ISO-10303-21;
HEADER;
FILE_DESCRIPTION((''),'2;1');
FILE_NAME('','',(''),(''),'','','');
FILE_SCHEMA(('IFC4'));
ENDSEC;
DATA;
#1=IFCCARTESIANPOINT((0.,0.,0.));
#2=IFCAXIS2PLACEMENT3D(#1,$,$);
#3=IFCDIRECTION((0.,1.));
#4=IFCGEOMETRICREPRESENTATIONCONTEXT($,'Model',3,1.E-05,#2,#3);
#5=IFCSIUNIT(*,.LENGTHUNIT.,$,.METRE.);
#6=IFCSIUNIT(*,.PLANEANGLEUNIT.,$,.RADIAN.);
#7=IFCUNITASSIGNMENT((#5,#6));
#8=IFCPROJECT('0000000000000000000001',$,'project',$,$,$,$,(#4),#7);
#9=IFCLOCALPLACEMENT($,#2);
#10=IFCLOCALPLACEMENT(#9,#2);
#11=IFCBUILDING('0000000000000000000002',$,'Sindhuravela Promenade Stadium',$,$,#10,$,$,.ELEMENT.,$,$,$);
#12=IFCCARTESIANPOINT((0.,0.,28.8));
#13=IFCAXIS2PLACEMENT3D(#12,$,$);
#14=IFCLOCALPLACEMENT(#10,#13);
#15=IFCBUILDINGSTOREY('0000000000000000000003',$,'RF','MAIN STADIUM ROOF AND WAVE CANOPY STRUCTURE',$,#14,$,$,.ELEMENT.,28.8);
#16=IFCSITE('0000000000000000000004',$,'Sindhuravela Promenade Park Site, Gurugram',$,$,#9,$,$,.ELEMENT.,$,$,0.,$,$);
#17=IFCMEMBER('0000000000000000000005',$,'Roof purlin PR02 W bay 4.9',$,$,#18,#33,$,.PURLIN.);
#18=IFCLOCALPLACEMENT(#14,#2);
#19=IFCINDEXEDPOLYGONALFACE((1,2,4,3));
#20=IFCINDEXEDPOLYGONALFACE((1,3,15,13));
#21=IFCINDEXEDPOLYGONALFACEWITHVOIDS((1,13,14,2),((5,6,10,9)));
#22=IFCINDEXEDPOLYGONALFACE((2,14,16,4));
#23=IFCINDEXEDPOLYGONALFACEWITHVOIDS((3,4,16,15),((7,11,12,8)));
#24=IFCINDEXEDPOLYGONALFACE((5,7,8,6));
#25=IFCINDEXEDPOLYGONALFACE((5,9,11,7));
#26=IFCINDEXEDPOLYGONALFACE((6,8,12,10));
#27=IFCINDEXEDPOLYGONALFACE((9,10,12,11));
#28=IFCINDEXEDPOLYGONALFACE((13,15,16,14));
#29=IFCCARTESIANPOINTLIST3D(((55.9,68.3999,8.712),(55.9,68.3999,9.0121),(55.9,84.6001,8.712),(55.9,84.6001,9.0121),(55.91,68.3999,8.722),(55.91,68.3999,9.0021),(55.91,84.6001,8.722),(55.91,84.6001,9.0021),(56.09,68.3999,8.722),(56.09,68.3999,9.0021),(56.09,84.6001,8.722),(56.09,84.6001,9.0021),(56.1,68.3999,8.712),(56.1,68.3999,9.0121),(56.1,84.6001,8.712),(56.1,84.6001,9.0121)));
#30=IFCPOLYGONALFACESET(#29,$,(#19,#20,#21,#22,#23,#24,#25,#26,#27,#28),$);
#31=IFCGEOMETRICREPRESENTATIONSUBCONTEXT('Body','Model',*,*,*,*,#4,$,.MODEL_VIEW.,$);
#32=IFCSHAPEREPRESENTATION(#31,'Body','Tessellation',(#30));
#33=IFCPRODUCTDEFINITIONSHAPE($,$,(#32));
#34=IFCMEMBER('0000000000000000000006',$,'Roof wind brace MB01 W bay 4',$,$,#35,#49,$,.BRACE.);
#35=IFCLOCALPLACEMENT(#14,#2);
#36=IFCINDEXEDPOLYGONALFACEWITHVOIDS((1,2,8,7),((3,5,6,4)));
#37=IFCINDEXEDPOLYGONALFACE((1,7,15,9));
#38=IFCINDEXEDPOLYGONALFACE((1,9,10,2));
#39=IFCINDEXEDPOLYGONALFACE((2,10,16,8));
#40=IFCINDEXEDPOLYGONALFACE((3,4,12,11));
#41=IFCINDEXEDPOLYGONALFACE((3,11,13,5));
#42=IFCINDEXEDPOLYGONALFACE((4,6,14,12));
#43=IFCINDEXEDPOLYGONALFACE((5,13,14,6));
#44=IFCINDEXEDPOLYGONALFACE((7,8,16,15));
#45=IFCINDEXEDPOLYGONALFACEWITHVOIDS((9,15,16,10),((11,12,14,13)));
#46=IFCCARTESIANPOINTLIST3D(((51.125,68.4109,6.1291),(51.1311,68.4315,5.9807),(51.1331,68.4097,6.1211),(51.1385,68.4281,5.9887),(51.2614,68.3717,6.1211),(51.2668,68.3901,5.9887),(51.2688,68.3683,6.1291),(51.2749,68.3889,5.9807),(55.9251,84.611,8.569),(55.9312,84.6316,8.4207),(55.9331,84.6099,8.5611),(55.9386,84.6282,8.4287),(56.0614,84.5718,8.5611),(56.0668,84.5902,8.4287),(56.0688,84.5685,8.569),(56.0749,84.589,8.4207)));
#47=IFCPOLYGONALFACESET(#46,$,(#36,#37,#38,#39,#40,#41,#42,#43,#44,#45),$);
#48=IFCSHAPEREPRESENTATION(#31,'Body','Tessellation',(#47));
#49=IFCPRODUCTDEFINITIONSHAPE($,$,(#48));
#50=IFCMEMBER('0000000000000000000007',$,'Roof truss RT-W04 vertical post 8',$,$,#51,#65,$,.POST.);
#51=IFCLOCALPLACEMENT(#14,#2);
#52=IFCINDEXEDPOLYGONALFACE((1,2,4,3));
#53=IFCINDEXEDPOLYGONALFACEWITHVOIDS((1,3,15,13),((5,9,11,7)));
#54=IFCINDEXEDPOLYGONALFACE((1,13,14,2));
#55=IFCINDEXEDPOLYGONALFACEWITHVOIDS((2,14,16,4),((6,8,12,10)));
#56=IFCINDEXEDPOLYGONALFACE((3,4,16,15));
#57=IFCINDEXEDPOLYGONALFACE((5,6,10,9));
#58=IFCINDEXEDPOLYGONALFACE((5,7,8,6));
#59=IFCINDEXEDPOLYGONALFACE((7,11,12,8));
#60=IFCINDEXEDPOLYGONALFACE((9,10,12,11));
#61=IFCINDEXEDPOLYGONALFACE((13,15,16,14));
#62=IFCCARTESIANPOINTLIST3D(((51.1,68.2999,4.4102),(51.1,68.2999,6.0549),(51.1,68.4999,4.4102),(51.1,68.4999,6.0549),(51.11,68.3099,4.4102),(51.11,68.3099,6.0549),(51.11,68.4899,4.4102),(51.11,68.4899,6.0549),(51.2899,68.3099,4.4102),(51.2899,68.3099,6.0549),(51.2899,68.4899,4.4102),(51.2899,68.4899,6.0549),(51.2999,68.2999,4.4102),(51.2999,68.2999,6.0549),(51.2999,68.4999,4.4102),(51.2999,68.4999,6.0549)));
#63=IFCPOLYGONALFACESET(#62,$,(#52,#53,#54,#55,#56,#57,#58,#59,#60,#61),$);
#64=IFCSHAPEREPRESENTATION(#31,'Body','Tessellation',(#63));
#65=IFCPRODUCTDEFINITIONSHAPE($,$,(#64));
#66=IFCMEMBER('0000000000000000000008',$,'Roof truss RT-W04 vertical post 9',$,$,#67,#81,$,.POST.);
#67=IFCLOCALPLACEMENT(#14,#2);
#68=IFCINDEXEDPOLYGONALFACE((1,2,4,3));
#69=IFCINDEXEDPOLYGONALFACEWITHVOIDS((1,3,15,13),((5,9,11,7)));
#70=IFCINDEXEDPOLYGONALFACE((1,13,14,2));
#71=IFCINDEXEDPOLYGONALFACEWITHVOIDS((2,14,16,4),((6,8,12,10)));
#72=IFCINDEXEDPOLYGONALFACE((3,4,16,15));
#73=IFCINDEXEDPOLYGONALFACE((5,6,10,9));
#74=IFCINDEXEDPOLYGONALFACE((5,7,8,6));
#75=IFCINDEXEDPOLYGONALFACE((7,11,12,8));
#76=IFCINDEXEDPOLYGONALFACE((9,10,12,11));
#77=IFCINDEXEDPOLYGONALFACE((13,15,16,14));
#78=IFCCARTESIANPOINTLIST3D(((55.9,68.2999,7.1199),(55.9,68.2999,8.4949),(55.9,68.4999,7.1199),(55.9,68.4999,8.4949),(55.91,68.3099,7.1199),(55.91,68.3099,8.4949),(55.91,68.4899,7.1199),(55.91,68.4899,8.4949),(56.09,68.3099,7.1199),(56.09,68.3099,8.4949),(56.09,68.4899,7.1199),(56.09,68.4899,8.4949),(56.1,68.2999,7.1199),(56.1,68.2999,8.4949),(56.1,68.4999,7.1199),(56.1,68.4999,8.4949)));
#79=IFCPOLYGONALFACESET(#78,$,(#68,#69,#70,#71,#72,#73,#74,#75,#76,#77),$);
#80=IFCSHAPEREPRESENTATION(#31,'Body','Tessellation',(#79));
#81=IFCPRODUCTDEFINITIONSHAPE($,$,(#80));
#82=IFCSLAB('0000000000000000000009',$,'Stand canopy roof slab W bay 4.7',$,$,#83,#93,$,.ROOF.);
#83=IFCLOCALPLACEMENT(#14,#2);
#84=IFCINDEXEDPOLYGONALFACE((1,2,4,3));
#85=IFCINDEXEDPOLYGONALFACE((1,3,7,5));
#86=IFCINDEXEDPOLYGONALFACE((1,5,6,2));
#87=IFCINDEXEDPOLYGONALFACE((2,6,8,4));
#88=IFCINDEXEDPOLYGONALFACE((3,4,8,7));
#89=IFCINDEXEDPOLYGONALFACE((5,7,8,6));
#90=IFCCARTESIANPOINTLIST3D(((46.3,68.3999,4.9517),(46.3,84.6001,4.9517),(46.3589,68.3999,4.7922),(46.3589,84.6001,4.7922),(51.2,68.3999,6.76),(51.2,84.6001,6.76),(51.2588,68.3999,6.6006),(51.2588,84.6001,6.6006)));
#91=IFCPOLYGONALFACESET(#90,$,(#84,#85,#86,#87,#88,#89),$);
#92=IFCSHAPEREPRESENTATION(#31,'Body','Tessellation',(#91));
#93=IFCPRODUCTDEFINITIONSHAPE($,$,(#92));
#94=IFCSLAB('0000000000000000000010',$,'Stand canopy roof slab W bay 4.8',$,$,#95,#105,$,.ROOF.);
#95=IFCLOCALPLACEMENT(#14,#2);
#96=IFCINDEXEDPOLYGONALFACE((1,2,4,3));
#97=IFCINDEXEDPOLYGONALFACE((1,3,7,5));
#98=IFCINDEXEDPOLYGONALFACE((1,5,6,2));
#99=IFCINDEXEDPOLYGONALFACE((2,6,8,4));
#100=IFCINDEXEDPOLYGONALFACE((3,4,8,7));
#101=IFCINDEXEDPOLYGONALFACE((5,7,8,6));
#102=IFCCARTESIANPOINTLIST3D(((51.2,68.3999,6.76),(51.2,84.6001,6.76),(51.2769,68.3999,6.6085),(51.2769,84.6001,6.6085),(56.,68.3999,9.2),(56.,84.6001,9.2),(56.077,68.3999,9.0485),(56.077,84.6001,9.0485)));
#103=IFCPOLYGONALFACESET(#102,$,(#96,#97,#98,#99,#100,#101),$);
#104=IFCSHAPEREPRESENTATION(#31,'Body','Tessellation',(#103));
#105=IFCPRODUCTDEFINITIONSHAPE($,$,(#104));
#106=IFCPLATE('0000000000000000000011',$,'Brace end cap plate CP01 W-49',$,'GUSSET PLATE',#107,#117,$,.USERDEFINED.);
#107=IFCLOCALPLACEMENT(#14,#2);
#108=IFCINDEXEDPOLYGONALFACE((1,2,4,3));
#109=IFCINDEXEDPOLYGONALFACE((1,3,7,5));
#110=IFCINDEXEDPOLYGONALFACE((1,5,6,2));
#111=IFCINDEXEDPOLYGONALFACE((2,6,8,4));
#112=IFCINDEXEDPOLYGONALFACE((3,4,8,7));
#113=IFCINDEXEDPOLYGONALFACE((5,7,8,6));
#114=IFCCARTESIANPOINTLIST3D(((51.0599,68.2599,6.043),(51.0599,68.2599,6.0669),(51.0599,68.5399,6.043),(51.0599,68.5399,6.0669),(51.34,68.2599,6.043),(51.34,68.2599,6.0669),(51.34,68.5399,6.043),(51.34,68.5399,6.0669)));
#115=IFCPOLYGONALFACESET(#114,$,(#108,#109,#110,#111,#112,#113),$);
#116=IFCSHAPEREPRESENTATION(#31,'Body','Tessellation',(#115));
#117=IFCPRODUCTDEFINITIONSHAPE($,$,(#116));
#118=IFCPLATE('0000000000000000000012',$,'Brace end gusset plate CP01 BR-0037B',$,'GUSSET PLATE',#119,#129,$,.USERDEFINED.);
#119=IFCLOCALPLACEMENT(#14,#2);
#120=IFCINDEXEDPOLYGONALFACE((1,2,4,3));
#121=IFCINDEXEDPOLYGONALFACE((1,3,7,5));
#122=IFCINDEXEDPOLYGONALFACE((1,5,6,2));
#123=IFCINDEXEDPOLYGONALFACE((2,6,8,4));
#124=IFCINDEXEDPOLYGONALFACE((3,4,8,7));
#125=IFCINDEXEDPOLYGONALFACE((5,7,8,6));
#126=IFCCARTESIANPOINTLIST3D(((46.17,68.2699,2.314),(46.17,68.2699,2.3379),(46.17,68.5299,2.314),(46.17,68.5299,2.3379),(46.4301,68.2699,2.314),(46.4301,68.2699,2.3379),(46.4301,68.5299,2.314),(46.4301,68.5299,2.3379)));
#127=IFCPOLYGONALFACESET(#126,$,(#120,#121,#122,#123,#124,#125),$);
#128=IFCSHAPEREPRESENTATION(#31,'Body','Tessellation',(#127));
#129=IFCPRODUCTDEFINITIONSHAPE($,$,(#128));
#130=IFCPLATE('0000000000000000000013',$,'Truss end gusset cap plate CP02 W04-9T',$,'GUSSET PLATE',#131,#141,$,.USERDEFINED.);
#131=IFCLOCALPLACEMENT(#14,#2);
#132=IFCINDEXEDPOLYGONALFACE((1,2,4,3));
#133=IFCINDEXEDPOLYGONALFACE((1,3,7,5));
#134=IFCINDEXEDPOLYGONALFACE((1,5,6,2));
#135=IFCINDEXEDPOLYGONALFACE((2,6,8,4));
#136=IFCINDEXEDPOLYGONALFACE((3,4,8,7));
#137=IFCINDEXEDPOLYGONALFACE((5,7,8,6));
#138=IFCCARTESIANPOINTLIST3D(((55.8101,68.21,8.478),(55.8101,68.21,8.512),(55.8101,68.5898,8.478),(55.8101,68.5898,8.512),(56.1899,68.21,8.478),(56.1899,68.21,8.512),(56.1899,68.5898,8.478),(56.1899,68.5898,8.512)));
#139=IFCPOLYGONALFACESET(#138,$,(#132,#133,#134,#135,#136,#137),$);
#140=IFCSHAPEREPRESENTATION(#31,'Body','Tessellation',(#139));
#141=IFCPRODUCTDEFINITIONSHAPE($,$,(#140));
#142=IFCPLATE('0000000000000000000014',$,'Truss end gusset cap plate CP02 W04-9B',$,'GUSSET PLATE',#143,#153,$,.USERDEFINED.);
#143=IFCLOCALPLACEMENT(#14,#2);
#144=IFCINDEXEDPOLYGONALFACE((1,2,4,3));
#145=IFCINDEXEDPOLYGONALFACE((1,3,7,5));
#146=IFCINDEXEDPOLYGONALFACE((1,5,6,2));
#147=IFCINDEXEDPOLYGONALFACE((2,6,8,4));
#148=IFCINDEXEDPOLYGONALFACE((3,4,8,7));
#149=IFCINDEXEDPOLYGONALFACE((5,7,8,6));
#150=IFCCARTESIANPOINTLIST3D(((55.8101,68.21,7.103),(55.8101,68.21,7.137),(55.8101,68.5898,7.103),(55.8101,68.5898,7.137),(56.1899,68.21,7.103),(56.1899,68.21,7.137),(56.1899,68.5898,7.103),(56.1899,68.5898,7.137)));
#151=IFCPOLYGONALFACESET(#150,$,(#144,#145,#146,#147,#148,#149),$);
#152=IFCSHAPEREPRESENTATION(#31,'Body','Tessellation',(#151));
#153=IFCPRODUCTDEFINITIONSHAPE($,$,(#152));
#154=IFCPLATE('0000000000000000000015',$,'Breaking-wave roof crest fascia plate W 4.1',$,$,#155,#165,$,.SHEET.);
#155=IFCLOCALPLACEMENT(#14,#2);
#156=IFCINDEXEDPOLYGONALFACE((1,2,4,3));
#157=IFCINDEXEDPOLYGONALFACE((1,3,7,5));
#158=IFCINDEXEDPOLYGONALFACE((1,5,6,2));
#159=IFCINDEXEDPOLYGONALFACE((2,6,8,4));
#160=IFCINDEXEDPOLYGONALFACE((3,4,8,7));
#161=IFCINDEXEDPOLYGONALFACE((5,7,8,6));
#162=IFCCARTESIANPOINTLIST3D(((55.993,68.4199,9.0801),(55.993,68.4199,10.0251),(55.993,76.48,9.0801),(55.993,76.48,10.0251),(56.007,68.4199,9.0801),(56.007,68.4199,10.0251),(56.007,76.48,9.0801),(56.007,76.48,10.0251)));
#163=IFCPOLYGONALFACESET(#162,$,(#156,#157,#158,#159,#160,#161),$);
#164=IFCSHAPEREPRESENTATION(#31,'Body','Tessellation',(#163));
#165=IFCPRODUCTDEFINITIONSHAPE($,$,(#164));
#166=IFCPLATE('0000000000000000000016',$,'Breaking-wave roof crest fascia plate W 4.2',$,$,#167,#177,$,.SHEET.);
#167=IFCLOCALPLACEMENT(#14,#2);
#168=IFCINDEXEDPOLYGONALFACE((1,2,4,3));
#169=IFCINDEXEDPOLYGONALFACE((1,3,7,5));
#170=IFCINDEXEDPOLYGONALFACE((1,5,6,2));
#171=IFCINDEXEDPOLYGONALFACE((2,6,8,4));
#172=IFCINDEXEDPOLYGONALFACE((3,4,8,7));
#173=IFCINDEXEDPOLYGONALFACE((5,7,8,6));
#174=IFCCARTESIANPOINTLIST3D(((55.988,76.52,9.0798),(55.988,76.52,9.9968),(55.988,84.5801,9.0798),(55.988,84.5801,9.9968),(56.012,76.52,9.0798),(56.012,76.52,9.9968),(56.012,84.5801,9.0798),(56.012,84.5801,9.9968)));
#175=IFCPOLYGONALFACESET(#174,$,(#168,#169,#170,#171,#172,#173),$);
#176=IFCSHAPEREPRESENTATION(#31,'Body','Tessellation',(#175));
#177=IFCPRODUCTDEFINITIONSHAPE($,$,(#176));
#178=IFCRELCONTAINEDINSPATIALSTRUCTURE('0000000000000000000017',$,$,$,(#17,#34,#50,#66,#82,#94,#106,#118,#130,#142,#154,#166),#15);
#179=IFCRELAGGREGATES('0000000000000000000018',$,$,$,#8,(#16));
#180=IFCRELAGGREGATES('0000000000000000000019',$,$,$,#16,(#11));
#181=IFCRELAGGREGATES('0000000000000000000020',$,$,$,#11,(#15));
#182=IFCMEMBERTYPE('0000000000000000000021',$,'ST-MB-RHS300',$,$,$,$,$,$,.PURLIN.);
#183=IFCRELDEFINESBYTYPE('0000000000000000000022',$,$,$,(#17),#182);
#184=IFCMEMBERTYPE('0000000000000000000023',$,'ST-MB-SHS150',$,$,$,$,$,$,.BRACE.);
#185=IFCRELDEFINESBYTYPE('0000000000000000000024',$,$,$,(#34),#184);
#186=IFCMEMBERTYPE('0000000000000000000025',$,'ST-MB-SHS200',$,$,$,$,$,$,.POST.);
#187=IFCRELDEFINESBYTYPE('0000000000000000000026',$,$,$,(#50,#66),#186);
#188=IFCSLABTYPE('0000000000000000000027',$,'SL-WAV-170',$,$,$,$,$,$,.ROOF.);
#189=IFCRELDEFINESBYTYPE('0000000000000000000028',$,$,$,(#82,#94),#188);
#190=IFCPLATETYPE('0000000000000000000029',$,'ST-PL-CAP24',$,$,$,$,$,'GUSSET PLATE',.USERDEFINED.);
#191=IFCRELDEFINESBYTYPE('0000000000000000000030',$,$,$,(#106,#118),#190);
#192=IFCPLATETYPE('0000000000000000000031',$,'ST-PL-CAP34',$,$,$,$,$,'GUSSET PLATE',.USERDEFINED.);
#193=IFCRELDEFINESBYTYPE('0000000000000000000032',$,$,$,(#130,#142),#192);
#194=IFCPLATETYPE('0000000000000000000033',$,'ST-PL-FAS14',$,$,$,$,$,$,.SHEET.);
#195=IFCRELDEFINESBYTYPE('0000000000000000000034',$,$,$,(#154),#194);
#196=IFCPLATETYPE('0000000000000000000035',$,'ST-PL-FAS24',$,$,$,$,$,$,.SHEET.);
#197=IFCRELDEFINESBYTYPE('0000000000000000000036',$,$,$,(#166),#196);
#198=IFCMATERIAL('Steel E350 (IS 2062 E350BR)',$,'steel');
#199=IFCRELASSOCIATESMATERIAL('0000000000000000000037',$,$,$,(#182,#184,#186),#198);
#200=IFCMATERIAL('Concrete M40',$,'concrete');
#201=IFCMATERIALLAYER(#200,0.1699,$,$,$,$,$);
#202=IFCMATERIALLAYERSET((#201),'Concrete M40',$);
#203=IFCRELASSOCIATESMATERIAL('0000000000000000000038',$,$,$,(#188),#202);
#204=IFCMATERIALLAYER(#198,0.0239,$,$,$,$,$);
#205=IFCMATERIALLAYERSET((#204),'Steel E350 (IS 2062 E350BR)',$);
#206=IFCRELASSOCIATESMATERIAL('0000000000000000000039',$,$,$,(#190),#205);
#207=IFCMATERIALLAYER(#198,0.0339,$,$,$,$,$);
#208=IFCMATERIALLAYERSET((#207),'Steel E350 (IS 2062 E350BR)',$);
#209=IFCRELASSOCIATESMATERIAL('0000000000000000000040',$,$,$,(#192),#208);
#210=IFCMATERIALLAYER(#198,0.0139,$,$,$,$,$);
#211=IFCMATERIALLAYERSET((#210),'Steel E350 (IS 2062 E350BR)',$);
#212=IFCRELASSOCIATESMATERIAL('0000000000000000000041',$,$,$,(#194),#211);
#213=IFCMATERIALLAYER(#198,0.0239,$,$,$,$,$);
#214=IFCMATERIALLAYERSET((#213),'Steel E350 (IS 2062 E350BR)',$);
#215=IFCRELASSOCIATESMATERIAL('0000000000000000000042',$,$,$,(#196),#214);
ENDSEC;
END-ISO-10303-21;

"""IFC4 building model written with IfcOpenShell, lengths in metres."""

from ifc_helpers import new_model, si_unit, direction, frame, origin, origin_2d, place, context, subcontext, project, spatial, polyline, rectangle, hollow_rectangle, outline, extrude, material, layer, layer_set, material_profile, profile_set, type_object, element, save


model = new_model("IFC4")

# Units and contexts
model_context = context("Model", 3, precision=1e-05, world=origin(), true_north=direction((0.0, 1.0)))
body_context = subcontext(model_context, "Body", "Model", "MODEL_VIEW")
ifc_project = project(units=[si_unit("LENGTHUNIT", "METRE"), si_unit("PLANEANGLEUNIT", "RADIAN")], contexts=[model_context])

# Site, building, storey
site_placement = place(None, origin())
site = spatial("IfcSite", under=ifc_project, at=site_placement, Name="Sindhuravela Promenade Park Site, Gurugram", CompositionType="ELEMENT", RefElevation=0.0)
building_placement = place(site_placement, origin())
building = spatial("IfcBuilding", under=site, at=building_placement, Name="Sindhuravela Promenade Stadium", CompositionType="ELEMENT")
storey_placement = place(building_placement, frame((0.0, 0.0, 28.8)))
storey = spatial("IfcBuildingStorey", under=building, at=storey_placement, Name="RF", Description="MAIN STADIUM ROOF AND WAVE CANOPY STRUCTURE", CompositionType="ELEMENT", Elevation=28.8)

# Shared definitions
ifc_material_1 = material(Name="Steel E350 (IS 2062 E350BR)", Category="steel")

# Members
ifc_material_profile_1 = material_profile(ifc_material_1, hollow_rectangle(XDim=0.2, YDim=0.3, WallThickness=0.01, at=origin_2d()), Name="RHS 300x200x10")
ifc_profile_set_1 = profile_set([ifc_material_profile_1], Name="Steel E350 (IS 2062 E350BR)")
member_type_1 = type_object("IfcMemberType", Name="ST-MB-RHS300", PredefinedType="PURLIN", material=ifc_profile_set_1)
for number, where, z_axis, x_axis, name in (
    (1, (56.0, 68.3999, 8.8621), (0.0, 1.0, 0.0), (-1.0, 0.0, 0.0), "Roof purlin PR02 W bay 4.9"),
):
    element("IfcMember", number, at=place(storey_placement, frame(where, z_axis=z_axis, x_axis=x_axis)), inside=storey, type_object=member_type_1, Name=name, PredefinedType="PURLIN", context=body_context, shape_type="SweptSolid", body=[
        extrude(hollow_rectangle(XDim=0.2, YDim=0.3, WallThickness=0.01, at=origin_2d()), origin(), (0.0, 0.0, 1.0), 16.2002),
    ])
ifc_material_profile_2 = material_profile(ifc_material_1, hollow_rectangle(XDim=0.1499, YDim=0.1499, WallThickness=0.0081, at=origin_2d()), Name="SHS 150x150x8")
ifc_profile_set_2 = profile_set([ifc_material_profile_2], Name="Steel E350 (IS 2062 E350BR)")
member_type_2 = type_object("IfcMemberType", Name="ST-MB-SHS150", PredefinedType="BRACE", material=ifc_profile_set_2)
member_1_placement = place(storey_placement, frame((51.2, 68.3999, 6.0549), z_axis=(0.281171, 0.948955, 0.142924), x_axis=(-0.958798, 0.284088, 0.0)))
element("IfcMember", 2, at=member_1_placement, inside=storey, type_object=member_type_2, Name="Roof wind brace MB01 W bay 4", PredefinedType="BRACE", context=body_context, shape_type="SweptSolid", body=[
    extrude(hollow_rectangle(XDim=0.1499, YDim=0.1499, WallThickness=0.0081, at=origin_2d()), origin(), (0.0, 0.0, 1.0), 17.0715),
])
ifc_material_profile_3 = material_profile(ifc_material_1, hollow_rectangle(XDim=0.2, YDim=0.2, WallThickness=0.01, at=origin_2d()), Name="SHS 200x200x10")
ifc_profile_set_3 = profile_set([ifc_material_profile_3], Name="Steel E350 (IS 2062 E350BR)")
member_type_3 = type_object("IfcMemberType", Name="ST-MB-SHS200", PredefinedType="POST", material=ifc_profile_set_3)
member_2_placement = place(storey_placement, frame((51.2, 68.3999, 4.4102), z_axis=(0.0, 0.0, 1.0), x_axis=(1.0, 0.0, 0.0)))
element("IfcMember", 3, at=member_2_placement, inside=storey, type_object=member_type_3, Name="Roof truss RT-W04 vertical post 8", PredefinedType="POST", context=body_context, shape_type="SweptSolid", body=[
    extrude(hollow_rectangle(XDim=0.2, YDim=0.2, WallThickness=0.01, at=origin_2d()), origin(), (0.0, 0.0, 1.0), 1.6448),
])
member_3_placement = place(storey_placement, frame((56.0, 68.3999, 7.1199), z_axis=(0.0, 0.0, 1.0), x_axis=(1.0, 0.0, 0.0)))
element("IfcMember", 4, at=member_3_placement, inside=storey, type_object=member_type_3, Name="Roof truss RT-W04 vertical post 9", PredefinedType="POST", context=body_context, shape_type="SweptSolid", body=[
    extrude(hollow_rectangle(XDim=0.2, YDim=0.2, WallThickness=0.01, at=origin_2d()), origin(), (0.0, 0.0, 1.0), 1.375),
])

# Slabs
ifc_material_2 = material(Name="Concrete M40", Category="concrete")
ifc_layer_1 = layer(ifc_material_2, 0.1699)
ifc_layer_set_1 = layer_set([ifc_layer_1], Name="Concrete M40")
slab_type = type_object("IfcSlabType", Name="SL-WAV-170", PredefinedType="ROOF", material=ifc_layer_set_1)
slab_1_placement = place(storey_placement, frame((46.3, 68.3999, 4.9517), z_axis=(-0.346232, 0.0, 0.938149), x_axis=(0.0, 1.0, 0.0)))
element("IfcSlab", 5, at=slab_1_placement, inside=storey, type_object=slab_type, Name="Stand canopy roof slab W bay 4.7", PredefinedType="ROOF", context=body_context, shape_type="SweptSolid", body=[
    extrude(outline(polyline([(0.0, 0.0), (0.0, -5.2229), (16.2002, -5.2229), (16.2002, 0.0), (0.0, 0.0)])), origin(), (0.0, 0.0, -1.0), 0.1699),
])
slab_2_placement = place(storey_placement, frame((51.2, 68.3999, 6.76), z_axis=(-0.453134, 0.0, 0.891442), x_axis=(0.0, 1.0, 0.0)))
element("IfcSlab", 6, at=slab_2_placement, inside=storey, type_object=slab_type, Name="Stand canopy roof slab W bay 4.8", PredefinedType="ROOF", context=body_context, shape_type="SweptSolid", body=[
    extrude(outline(polyline([(0.0, 0.0), (0.0, -5.3846), (16.2002, -5.3846), (16.2002, 0.0), (0.0, 0.0)])), origin(), (0.0, 0.0, -1.0), 0.1699),
])

# Plates
ifc_layer_2 = layer(ifc_material_1, 0.0239)
ifc_layer_set_2 = layer_set([ifc_layer_2], Name="Steel E350 (IS 2062 E350BR)")
plate_type_1 = type_object("IfcPlateType", Name="ST-PL-CAP24", ElementType="GUSSET PLATE", PredefinedType="USERDEFINED", material=ifc_layer_set_2)
plate_1_placement = place(storey_placement, frame((51.2, 68.3999, 6.043), z_axis=(0.0, 0.0, 1.0), x_axis=(1.0, 0.0, 0.0)))
element("IfcPlate", 7, at=plate_1_placement, inside=storey, type_object=plate_type_1, Name="Brace end cap plate CP01 W-49", ObjectType="GUSSET PLATE", PredefinedType="USERDEFINED", context=body_context, shape_type="SweptSolid", body=[
    extrude(rectangle(XDim=0.28, YDim=0.28, at=origin_2d()), origin(), (0.0, 0.0, 1.0), 0.0239),
])
plate_2_placement = place(storey_placement, frame((46.3, 68.3999, 2.314), z_axis=(0.0, 0.0, 1.0), x_axis=(1.0, 0.0, 0.0)))
element("IfcPlate", 8, at=plate_2_placement, inside=storey, type_object=plate_type_1, Name="Brace end gusset plate CP01 BR-0037B", ObjectType="GUSSET PLATE", PredefinedType="USERDEFINED", context=body_context, shape_type="SweptSolid", body=[
    extrude(rectangle(XDim=0.26, YDim=0.26, at=origin_2d()), origin(), (0.0, 0.0, 1.0), 0.0239),
])
ifc_layer_3 = layer(ifc_material_1, 0.0339)
ifc_layer_set_3 = layer_set([ifc_layer_3], Name="Steel E350 (IS 2062 E350BR)")
plate_type_2 = type_object("IfcPlateType", Name="ST-PL-CAP34", ElementType="GUSSET PLATE", PredefinedType="USERDEFINED", material=ifc_layer_set_3)
for number, where, z_axis, x_axis, name in (
    (9, (56.0, 68.3999, 8.478), (0.0, 0.0, 1.0), (1.0, 0.0, 0.0), "Truss end gusset cap plate CP02 W04-9T"),
    (10, (56.0, 68.3999, 7.103), (0.0, 0.0, 1.0), (1.0, 0.0, 0.0), "Truss end gusset cap plate CP02 W04-9B"),
):
    element("IfcPlate", number, at=place(storey_placement, frame(where, z_axis=z_axis, x_axis=x_axis)), inside=storey, type_object=plate_type_2, Name=name, ObjectType="GUSSET PLATE", PredefinedType="USERDEFINED", context=body_context, shape_type="SweptSolid", body=[
        extrude(rectangle(XDim=0.3799, YDim=0.3799, at=origin_2d()), origin(), (0.0, 0.0, 1.0), 0.0339),
    ])
ifc_layer_4 = layer(ifc_material_1, 0.0139)
ifc_layer_set_4 = layer_set([ifc_layer_4], Name="Steel E350 (IS 2062 E350BR)")
plate_type_3 = type_object("IfcPlateType", Name="ST-PL-FAS14", PredefinedType="SHEET", material=ifc_layer_set_4)
plate_3_placement = place(storey_placement, frame((56.0, 72.45, 9.0801), z_axis=(0.0, 0.0, 1.0), x_axis=(0.0, 1.0, 0.0)))
element("IfcPlate", 11, at=plate_3_placement, inside=storey, type_object=plate_type_3, Name="Breaking-wave roof crest fascia plate W 4.1", PredefinedType="SHEET", context=body_context, shape_type="SweptSolid", body=[
    extrude(rectangle(XDim=8.0601, YDim=0.0139, at=origin_2d()), origin(), (0.0, 0.0, 1.0), 0.9451),
])
ifc_layer_5 = layer(ifc_material_1, 0.0239)
ifc_layer_set_5 = layer_set([ifc_layer_5], Name="Steel E350 (IS 2062 E350BR)")
plate_type_4 = type_object("IfcPlateType", Name="ST-PL-FAS24", PredefinedType="SHEET", material=ifc_layer_set_5)
plate_4_placement = place(storey_placement, frame((56.0, 80.55, 9.0798), z_axis=(0.0, 0.0, 1.0), x_axis=(0.0, 1.0, 0.0)))
element("IfcPlate", 12, at=plate_4_placement, inside=storey, type_object=plate_type_4, Name="Breaking-wave roof crest fascia plate W 4.2", PredefinedType="SHEET", context=body_context, shape_type="SweptSolid", body=[
    extrude(rectangle(XDim=8.0601, YDim=0.0239, at=origin_2d()), origin(), (0.0, 0.0, 1.0), 0.917),
])

save(model, "model.ifc")
